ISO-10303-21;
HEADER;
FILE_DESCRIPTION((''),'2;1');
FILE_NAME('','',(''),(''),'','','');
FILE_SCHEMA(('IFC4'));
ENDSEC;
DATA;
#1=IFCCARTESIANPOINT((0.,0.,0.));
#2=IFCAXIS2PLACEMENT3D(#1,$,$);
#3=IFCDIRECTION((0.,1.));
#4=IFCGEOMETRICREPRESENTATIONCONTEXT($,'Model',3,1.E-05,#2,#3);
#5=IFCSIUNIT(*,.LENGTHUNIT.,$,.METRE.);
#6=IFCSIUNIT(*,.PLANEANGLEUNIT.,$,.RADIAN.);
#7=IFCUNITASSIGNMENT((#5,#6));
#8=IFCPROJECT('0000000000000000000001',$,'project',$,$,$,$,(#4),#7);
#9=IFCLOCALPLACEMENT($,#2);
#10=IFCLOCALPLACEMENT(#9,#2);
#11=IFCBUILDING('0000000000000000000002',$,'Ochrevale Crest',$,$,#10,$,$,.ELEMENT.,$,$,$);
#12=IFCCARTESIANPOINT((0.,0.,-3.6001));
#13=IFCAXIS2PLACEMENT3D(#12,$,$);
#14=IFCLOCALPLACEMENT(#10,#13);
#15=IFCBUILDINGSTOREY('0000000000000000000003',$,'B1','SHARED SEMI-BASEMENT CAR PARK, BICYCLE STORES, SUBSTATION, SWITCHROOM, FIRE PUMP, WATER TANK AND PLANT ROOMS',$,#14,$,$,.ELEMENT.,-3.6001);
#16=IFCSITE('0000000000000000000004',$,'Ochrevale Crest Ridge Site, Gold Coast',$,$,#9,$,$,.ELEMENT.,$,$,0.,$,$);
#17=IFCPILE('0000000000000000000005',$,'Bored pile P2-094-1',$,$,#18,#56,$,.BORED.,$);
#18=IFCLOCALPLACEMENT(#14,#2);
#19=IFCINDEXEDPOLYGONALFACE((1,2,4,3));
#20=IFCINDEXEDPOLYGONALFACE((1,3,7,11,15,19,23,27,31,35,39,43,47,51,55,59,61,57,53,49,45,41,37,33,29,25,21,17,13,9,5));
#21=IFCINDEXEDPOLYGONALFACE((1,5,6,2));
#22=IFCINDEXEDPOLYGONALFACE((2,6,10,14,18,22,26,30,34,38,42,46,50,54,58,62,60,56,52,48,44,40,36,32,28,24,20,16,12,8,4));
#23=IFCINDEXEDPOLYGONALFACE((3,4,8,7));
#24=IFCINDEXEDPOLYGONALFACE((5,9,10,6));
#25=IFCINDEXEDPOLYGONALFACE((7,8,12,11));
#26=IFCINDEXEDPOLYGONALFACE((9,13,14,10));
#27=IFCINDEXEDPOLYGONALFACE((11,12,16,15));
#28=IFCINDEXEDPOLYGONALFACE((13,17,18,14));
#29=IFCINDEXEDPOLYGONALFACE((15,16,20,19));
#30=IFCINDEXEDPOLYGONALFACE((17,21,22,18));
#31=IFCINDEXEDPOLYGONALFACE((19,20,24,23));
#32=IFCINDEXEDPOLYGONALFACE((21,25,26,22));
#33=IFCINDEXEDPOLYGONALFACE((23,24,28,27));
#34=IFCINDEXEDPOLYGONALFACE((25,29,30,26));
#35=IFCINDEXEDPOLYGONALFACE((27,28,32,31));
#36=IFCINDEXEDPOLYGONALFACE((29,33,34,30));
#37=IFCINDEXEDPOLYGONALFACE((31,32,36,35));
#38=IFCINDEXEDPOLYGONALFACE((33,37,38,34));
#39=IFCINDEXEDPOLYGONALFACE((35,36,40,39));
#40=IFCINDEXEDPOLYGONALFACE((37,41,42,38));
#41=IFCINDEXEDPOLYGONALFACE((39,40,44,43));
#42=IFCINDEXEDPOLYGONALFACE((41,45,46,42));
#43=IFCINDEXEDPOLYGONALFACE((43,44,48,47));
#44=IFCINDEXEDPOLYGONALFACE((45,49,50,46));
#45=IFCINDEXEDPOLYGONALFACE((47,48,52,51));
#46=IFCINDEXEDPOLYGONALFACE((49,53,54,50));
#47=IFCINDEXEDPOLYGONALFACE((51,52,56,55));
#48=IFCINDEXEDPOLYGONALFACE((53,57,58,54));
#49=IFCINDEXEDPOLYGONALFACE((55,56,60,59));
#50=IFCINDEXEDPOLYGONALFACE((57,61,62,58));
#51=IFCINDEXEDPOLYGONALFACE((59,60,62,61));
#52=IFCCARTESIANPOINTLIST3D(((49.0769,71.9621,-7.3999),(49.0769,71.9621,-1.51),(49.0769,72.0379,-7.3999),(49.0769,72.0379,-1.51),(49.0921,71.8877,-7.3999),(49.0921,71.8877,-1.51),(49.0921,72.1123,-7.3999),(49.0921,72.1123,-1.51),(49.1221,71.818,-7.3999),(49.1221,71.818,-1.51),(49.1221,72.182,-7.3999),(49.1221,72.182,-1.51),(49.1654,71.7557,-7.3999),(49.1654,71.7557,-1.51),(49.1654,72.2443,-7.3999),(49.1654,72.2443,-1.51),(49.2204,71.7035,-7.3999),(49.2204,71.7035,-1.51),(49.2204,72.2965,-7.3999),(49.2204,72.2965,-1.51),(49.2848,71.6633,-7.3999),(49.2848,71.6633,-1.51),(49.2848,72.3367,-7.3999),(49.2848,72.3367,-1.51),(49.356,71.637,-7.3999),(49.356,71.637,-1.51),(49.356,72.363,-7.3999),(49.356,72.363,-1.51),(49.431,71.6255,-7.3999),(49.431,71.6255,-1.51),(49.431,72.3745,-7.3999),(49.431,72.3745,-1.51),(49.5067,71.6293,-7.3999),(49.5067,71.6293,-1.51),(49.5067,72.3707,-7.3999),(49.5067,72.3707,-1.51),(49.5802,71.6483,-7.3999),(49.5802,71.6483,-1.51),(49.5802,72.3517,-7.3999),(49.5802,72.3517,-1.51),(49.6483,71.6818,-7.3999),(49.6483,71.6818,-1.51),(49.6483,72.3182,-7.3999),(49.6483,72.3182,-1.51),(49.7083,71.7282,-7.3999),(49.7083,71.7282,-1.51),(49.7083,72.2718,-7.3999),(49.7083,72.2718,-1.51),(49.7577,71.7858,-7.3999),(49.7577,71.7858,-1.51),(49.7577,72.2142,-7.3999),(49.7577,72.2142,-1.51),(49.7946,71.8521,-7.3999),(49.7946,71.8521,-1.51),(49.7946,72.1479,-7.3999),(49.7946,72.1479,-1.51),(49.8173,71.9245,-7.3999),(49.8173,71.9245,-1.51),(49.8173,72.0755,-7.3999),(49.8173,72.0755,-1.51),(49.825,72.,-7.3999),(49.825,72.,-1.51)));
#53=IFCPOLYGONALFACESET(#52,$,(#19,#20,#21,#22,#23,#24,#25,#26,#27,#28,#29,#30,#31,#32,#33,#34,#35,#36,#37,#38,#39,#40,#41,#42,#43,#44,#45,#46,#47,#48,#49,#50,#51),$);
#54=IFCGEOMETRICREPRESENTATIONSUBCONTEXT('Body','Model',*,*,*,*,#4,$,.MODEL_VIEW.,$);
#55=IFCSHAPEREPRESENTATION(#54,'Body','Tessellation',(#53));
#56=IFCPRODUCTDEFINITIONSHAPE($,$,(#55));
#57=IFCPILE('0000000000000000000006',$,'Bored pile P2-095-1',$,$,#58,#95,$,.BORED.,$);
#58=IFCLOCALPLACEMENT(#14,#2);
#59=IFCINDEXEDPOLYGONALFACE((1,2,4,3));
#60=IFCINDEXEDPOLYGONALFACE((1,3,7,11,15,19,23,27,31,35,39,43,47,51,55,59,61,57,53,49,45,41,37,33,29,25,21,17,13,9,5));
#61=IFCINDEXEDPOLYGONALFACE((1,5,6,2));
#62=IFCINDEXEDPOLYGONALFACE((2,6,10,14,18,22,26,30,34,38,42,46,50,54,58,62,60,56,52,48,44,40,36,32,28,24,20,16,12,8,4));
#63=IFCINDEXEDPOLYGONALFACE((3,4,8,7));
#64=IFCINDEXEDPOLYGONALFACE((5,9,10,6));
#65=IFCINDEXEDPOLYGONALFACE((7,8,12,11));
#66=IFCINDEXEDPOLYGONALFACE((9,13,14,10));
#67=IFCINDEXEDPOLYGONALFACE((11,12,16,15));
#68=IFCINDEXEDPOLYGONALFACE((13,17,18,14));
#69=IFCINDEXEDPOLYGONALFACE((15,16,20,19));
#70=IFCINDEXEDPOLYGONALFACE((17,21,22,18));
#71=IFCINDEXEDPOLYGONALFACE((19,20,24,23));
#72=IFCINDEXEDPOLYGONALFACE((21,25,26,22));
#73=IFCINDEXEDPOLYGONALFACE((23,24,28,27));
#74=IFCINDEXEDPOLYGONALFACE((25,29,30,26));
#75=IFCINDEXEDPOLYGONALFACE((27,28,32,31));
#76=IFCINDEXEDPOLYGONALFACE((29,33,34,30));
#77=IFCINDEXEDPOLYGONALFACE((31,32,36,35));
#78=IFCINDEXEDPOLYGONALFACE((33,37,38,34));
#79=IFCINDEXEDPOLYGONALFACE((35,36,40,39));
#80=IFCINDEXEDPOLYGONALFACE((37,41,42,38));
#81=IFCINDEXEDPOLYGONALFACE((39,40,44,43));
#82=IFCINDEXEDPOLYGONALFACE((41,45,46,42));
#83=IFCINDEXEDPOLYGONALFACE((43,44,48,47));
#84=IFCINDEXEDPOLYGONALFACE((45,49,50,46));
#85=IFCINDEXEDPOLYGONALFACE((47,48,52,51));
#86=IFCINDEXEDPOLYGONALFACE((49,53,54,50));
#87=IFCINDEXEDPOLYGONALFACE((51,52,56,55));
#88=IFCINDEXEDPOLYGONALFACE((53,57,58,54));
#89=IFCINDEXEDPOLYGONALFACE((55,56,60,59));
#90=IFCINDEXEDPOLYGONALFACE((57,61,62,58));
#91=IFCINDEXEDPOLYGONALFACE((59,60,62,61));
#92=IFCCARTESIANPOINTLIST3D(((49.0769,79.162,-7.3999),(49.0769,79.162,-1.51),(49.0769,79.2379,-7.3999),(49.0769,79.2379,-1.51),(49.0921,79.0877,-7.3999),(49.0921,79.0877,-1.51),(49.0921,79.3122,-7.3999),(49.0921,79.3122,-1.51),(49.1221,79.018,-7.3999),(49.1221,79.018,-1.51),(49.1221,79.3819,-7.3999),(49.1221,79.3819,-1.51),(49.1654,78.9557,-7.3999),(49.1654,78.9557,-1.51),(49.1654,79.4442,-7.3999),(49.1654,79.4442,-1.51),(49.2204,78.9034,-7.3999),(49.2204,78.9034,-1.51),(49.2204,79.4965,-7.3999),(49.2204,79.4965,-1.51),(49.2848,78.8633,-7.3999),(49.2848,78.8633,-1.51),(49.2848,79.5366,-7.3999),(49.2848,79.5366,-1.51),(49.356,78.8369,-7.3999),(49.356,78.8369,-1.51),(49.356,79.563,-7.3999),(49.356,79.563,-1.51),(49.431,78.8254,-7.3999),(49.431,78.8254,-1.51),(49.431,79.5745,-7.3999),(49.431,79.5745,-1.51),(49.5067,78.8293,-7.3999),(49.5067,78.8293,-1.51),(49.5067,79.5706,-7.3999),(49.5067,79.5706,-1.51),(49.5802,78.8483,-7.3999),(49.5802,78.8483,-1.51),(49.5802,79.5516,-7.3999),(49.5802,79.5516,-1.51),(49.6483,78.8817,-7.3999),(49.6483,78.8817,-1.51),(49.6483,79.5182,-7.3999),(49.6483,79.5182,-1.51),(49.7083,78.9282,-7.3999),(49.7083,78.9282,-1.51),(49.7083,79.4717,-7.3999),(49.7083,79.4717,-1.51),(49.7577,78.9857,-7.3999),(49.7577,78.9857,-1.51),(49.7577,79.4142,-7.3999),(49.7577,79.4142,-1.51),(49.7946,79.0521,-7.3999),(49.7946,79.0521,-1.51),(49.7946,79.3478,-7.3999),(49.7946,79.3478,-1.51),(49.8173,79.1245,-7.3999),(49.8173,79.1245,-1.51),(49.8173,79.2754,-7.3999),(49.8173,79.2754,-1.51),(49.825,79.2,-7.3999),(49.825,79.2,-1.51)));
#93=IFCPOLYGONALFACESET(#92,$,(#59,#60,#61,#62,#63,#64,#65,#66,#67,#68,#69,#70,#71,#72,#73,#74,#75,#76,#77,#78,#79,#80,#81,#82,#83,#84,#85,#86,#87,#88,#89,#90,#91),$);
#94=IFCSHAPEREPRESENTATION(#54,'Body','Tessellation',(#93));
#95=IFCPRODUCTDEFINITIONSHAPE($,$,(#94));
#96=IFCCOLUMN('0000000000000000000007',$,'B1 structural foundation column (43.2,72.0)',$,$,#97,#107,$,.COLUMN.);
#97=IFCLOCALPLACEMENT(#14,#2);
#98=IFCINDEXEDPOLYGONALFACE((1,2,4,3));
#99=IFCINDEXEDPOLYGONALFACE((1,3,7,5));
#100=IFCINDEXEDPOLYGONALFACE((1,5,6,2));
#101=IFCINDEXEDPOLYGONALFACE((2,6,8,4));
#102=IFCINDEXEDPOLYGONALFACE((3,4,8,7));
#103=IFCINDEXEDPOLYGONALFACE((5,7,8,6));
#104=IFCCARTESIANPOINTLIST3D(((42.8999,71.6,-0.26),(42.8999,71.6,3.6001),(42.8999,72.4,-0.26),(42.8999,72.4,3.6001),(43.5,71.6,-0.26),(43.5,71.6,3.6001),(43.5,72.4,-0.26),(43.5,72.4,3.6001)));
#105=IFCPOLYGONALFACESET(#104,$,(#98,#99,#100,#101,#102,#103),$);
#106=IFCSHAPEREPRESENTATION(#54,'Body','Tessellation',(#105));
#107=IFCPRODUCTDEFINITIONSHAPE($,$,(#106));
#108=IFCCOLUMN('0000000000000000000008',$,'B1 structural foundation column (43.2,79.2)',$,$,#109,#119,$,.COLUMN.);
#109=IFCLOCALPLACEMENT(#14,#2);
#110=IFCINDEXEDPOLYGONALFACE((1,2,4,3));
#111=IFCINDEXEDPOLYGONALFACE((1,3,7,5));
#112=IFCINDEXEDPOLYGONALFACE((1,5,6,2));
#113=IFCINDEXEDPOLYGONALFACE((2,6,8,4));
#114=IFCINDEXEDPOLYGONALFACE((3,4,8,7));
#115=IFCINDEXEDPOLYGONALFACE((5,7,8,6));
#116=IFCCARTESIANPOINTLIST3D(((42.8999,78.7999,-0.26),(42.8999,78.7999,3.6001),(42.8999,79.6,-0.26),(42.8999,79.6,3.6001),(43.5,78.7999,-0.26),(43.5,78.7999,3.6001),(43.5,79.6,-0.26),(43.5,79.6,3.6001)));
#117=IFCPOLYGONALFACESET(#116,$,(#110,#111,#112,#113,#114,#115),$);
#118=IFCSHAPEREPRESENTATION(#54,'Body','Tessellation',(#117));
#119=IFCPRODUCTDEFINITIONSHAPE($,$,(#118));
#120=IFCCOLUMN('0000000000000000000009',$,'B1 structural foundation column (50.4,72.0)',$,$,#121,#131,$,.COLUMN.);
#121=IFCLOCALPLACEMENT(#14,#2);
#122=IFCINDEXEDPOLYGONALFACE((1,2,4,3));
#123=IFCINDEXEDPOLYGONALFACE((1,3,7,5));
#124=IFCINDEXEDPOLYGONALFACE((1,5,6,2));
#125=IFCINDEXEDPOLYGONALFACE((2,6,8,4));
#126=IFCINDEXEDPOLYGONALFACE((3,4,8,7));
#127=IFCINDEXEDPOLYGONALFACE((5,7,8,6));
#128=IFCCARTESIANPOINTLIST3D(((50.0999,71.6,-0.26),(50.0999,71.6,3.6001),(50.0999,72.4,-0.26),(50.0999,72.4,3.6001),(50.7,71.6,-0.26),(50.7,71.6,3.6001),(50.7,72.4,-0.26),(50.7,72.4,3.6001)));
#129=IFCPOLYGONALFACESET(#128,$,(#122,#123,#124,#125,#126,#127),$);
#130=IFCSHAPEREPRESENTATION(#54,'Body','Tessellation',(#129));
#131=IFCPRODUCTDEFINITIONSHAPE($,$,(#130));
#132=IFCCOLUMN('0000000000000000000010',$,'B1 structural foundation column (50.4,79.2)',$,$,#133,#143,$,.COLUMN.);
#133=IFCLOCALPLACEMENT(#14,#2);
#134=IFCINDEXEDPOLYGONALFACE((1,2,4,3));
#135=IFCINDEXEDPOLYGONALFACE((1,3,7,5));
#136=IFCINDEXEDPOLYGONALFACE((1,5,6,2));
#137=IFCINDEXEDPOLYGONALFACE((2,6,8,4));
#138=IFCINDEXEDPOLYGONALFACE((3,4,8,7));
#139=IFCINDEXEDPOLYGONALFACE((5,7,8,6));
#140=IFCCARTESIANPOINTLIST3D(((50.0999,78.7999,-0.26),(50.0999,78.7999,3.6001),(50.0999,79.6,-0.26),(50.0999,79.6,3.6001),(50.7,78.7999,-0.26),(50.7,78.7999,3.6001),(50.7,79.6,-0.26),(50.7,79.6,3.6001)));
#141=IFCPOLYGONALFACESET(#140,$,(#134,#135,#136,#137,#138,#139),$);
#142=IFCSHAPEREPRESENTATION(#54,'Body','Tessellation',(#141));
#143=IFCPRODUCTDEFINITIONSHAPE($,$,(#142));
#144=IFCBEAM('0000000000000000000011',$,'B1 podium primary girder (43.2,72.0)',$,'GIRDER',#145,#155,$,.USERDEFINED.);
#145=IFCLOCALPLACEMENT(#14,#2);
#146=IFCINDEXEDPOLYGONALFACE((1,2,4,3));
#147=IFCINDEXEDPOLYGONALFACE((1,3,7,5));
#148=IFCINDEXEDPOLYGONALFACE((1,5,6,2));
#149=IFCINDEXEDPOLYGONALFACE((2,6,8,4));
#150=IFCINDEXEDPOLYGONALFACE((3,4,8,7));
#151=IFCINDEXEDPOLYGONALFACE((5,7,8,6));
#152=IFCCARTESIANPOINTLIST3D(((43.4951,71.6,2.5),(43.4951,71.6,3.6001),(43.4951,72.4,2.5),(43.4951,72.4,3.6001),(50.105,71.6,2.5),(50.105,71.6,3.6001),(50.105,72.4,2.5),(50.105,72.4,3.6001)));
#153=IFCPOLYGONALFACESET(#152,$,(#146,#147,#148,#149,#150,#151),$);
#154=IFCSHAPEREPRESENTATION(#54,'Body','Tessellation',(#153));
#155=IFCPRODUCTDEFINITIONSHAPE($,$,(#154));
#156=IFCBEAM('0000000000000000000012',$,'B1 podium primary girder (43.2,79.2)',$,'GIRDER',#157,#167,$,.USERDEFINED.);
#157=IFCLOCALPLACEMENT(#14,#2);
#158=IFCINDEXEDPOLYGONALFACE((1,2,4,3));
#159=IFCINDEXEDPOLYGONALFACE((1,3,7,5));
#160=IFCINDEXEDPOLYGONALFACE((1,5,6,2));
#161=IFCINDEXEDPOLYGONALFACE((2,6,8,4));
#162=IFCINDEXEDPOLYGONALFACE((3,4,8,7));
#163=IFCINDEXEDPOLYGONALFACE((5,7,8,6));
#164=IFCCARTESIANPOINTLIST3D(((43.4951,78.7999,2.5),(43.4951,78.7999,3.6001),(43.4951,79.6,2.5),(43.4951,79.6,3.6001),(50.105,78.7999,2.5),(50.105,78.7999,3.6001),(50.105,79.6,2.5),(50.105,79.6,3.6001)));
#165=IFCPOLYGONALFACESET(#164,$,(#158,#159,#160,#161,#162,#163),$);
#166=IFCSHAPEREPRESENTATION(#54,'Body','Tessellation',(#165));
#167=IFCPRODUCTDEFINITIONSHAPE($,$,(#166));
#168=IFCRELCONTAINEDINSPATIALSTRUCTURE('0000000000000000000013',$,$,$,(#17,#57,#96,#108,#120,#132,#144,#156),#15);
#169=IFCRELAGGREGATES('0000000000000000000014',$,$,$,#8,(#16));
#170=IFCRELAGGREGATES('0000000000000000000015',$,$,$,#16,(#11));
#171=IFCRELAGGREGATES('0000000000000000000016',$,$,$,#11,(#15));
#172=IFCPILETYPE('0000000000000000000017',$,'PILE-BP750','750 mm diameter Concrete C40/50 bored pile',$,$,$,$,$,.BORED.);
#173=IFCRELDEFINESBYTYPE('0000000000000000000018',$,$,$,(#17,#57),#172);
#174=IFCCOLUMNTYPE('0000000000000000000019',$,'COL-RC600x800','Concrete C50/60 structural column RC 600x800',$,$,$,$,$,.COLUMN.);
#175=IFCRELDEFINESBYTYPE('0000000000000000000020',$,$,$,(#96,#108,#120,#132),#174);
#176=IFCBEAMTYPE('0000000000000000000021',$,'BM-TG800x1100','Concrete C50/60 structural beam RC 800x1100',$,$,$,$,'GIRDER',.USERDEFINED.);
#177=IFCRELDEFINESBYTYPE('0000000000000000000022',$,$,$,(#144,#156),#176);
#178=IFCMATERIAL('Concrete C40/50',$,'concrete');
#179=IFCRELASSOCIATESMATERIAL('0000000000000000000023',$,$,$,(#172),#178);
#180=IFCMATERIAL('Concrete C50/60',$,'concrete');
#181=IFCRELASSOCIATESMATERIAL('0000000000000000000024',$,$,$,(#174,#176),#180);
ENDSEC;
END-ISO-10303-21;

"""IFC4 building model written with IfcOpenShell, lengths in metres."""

from ifc_helpers import new_model, si_unit, direction, frame, origin, origin_2d, place, context, subcontext, project, spatial, rectangle, circle, extrude, material, material_profile, profile_set, type_object, element, save


model = new_model("IFC4")

# Units and contexts
model_context = context("Model", 3, precision=1e-05, world=origin(), true_north=direction((0.0, 1.0)))
body_context = subcontext(model_context, "Body", "Model", "MODEL_VIEW")
ifc_project = project(units=[si_unit("LENGTHUNIT", "METRE"), si_unit("PLANEANGLEUNIT", "RADIAN")], contexts=[model_context])

# Site, building, storey
site_placement = place(None, origin())
site = spatial("IfcSite", under=ifc_project, at=site_placement, Name="Ochrevale Crest Ridge Site, Gold Coast", CompositionType="ELEMENT", RefElevation=0.0)
building_placement = place(site_placement, origin())
building = spatial("IfcBuilding", under=site, at=building_placement, Name="Ochrevale Crest", CompositionType="ELEMENT")
storey_placement = place(building_placement, frame((0.0, 0.0, -3.6001)))
storey = spatial("IfcBuildingStorey", under=building, at=storey_placement, Name="B1", Description="SHARED SEMI-BASEMENT CAR PARK, BICYCLE STORES, SUBSTATION, SWITCHROOM, FIRE PUMP, WATER TANK AND PLANT ROOMS", CompositionType="ELEMENT", Elevation=-3.6001)

# Shared definitions
ifc_material_1 = material(Name="Concrete C40/50", Category="concrete")

# Piles
ifc_material_profile_1 = material_profile(ifc_material_1, circle(Radius=0.375, at=origin_2d()), Name="BORED PILE 750")
ifc_profile_set_1 = profile_set([ifc_material_profile_1], Name="Concrete C40/50")
pile_type = type_object("IfcPileType", Name="PILE-BP750", Description="750 mm diameter Concrete C40/50 bored pile", PredefinedType="BORED", material=ifc_profile_set_1)
for number, where, z_axis, x_axis, name in (
    (1, (49.45, 72.0, -1.51), (0.0, 0.0, -1.0), (1.0, 0.0, 0.0), "Bored pile P2-094-1"),
    (2, (49.45, 79.2, -1.51), (0.0, 0.0, -1.0), (1.0, 0.0, 0.0), "Bored pile P2-095-1"),
):
    element("IfcPile", number, at=place(storey_placement, frame(where, z_axis=z_axis, x_axis=x_axis)), inside=storey, type_object=pile_type, Name=name, PredefinedType="BORED", context=body_context, shape_type="SweptSolid", body=[
        extrude(circle(Radius=0.375, at=origin_2d()), origin(), (0.0, 0.0, 1.0), 5.8899),
    ])

# Columns
ifc_material_2 = material(Name="Concrete C50/60", Category="concrete")
ifc_material_profile_2 = material_profile(ifc_material_2, rectangle(XDim=0.6001, YDim=0.8, at=origin_2d()), Name="RC 600x800")
ifc_profile_set_2 = profile_set([ifc_material_profile_2], Name="Concrete C50/60")
column_type = type_object("IfcColumnType", Name="COL-RC600x800", Description="Concrete C50/60 structural column RC 600x800", PredefinedType="COLUMN", material=ifc_profile_set_2)
for number, where, z_axis, x_axis, name in (
    (3, (43.2, 72.0, -0.26), (0.0, 0.0, 1.0), (1.0, 0.0, 0.0), "B1 structural foundation column (43.2,72.0)"),
    (4, (43.2, 79.2, -0.26), (0.0, 0.0, 1.0), (1.0, 0.0, 0.0), "B1 structural foundation column (43.2,79.2)"),
    (5, (50.3999, 72.0, -0.26), (0.0, 0.0, 1.0), (1.0, 0.0, 0.0), "B1 structural foundation column (50.4,72.0)"),
    (6, (50.3999, 79.2, -0.26), (0.0, 0.0, 1.0), (1.0, 0.0, 0.0), "B1 structural foundation column (50.4,79.2)"),
):
    element("IfcColumn", number, at=place(storey_placement, frame(where, z_axis=z_axis, x_axis=x_axis)), inside=storey, type_object=column_type, Name=name, PredefinedType="COLUMN", context=body_context, shape_type="SweptSolid", body=[
        extrude(rectangle(XDim=0.6001, YDim=0.8, at=origin_2d()), origin(), (0.0, 0.0, 1.0), 3.8601),
    ])

# Beams
ifc_material_profile_3 = material_profile(ifc_material_2, rectangle(XDim=0.8, YDim=1.1001, at=origin_2d()), Name="RC 800x1100")
ifc_profile_set_3 = profile_set([ifc_material_profile_3], Name="Concrete C50/60")
beam_type_1 = type_object("IfcBeamType", Name="BM-TG800x1100", Description="Concrete C50/60 structural beam RC 800x1100", ElementType="GIRDER", PredefinedType="USERDEFINED", material=ifc_profile_set_3)
for number, where, z_axis, x_axis, name in (
    (7, (43.4951, 72.0, 3.05), (1.0, 0.0, 0.0), (0.0, 1.0, 0.0), "B1 podium primary girder (43.2,72.0)"),
    (8, (43.4951, 79.2, 3.05), (1.0, 0.0, 0.0), (0.0, 1.0, 0.0), "B1 podium primary girder (43.2,79.2)"),
):
    element("IfcBeam", number, at=place(storey_placement, frame(where, z_axis=z_axis, x_axis=x_axis)), inside=storey, type_object=beam_type_1, Name=name, ObjectType="GIRDER", PredefinedType="USERDEFINED", context=body_context, shape_type="SweptSolid", body=[
        extrude(rectangle(XDim=0.8, YDim=1.1001, at=origin_2d()), origin(), (0.0, 0.0, 1.0), 6.6099),
    ])

save(model, "model.ifc")
